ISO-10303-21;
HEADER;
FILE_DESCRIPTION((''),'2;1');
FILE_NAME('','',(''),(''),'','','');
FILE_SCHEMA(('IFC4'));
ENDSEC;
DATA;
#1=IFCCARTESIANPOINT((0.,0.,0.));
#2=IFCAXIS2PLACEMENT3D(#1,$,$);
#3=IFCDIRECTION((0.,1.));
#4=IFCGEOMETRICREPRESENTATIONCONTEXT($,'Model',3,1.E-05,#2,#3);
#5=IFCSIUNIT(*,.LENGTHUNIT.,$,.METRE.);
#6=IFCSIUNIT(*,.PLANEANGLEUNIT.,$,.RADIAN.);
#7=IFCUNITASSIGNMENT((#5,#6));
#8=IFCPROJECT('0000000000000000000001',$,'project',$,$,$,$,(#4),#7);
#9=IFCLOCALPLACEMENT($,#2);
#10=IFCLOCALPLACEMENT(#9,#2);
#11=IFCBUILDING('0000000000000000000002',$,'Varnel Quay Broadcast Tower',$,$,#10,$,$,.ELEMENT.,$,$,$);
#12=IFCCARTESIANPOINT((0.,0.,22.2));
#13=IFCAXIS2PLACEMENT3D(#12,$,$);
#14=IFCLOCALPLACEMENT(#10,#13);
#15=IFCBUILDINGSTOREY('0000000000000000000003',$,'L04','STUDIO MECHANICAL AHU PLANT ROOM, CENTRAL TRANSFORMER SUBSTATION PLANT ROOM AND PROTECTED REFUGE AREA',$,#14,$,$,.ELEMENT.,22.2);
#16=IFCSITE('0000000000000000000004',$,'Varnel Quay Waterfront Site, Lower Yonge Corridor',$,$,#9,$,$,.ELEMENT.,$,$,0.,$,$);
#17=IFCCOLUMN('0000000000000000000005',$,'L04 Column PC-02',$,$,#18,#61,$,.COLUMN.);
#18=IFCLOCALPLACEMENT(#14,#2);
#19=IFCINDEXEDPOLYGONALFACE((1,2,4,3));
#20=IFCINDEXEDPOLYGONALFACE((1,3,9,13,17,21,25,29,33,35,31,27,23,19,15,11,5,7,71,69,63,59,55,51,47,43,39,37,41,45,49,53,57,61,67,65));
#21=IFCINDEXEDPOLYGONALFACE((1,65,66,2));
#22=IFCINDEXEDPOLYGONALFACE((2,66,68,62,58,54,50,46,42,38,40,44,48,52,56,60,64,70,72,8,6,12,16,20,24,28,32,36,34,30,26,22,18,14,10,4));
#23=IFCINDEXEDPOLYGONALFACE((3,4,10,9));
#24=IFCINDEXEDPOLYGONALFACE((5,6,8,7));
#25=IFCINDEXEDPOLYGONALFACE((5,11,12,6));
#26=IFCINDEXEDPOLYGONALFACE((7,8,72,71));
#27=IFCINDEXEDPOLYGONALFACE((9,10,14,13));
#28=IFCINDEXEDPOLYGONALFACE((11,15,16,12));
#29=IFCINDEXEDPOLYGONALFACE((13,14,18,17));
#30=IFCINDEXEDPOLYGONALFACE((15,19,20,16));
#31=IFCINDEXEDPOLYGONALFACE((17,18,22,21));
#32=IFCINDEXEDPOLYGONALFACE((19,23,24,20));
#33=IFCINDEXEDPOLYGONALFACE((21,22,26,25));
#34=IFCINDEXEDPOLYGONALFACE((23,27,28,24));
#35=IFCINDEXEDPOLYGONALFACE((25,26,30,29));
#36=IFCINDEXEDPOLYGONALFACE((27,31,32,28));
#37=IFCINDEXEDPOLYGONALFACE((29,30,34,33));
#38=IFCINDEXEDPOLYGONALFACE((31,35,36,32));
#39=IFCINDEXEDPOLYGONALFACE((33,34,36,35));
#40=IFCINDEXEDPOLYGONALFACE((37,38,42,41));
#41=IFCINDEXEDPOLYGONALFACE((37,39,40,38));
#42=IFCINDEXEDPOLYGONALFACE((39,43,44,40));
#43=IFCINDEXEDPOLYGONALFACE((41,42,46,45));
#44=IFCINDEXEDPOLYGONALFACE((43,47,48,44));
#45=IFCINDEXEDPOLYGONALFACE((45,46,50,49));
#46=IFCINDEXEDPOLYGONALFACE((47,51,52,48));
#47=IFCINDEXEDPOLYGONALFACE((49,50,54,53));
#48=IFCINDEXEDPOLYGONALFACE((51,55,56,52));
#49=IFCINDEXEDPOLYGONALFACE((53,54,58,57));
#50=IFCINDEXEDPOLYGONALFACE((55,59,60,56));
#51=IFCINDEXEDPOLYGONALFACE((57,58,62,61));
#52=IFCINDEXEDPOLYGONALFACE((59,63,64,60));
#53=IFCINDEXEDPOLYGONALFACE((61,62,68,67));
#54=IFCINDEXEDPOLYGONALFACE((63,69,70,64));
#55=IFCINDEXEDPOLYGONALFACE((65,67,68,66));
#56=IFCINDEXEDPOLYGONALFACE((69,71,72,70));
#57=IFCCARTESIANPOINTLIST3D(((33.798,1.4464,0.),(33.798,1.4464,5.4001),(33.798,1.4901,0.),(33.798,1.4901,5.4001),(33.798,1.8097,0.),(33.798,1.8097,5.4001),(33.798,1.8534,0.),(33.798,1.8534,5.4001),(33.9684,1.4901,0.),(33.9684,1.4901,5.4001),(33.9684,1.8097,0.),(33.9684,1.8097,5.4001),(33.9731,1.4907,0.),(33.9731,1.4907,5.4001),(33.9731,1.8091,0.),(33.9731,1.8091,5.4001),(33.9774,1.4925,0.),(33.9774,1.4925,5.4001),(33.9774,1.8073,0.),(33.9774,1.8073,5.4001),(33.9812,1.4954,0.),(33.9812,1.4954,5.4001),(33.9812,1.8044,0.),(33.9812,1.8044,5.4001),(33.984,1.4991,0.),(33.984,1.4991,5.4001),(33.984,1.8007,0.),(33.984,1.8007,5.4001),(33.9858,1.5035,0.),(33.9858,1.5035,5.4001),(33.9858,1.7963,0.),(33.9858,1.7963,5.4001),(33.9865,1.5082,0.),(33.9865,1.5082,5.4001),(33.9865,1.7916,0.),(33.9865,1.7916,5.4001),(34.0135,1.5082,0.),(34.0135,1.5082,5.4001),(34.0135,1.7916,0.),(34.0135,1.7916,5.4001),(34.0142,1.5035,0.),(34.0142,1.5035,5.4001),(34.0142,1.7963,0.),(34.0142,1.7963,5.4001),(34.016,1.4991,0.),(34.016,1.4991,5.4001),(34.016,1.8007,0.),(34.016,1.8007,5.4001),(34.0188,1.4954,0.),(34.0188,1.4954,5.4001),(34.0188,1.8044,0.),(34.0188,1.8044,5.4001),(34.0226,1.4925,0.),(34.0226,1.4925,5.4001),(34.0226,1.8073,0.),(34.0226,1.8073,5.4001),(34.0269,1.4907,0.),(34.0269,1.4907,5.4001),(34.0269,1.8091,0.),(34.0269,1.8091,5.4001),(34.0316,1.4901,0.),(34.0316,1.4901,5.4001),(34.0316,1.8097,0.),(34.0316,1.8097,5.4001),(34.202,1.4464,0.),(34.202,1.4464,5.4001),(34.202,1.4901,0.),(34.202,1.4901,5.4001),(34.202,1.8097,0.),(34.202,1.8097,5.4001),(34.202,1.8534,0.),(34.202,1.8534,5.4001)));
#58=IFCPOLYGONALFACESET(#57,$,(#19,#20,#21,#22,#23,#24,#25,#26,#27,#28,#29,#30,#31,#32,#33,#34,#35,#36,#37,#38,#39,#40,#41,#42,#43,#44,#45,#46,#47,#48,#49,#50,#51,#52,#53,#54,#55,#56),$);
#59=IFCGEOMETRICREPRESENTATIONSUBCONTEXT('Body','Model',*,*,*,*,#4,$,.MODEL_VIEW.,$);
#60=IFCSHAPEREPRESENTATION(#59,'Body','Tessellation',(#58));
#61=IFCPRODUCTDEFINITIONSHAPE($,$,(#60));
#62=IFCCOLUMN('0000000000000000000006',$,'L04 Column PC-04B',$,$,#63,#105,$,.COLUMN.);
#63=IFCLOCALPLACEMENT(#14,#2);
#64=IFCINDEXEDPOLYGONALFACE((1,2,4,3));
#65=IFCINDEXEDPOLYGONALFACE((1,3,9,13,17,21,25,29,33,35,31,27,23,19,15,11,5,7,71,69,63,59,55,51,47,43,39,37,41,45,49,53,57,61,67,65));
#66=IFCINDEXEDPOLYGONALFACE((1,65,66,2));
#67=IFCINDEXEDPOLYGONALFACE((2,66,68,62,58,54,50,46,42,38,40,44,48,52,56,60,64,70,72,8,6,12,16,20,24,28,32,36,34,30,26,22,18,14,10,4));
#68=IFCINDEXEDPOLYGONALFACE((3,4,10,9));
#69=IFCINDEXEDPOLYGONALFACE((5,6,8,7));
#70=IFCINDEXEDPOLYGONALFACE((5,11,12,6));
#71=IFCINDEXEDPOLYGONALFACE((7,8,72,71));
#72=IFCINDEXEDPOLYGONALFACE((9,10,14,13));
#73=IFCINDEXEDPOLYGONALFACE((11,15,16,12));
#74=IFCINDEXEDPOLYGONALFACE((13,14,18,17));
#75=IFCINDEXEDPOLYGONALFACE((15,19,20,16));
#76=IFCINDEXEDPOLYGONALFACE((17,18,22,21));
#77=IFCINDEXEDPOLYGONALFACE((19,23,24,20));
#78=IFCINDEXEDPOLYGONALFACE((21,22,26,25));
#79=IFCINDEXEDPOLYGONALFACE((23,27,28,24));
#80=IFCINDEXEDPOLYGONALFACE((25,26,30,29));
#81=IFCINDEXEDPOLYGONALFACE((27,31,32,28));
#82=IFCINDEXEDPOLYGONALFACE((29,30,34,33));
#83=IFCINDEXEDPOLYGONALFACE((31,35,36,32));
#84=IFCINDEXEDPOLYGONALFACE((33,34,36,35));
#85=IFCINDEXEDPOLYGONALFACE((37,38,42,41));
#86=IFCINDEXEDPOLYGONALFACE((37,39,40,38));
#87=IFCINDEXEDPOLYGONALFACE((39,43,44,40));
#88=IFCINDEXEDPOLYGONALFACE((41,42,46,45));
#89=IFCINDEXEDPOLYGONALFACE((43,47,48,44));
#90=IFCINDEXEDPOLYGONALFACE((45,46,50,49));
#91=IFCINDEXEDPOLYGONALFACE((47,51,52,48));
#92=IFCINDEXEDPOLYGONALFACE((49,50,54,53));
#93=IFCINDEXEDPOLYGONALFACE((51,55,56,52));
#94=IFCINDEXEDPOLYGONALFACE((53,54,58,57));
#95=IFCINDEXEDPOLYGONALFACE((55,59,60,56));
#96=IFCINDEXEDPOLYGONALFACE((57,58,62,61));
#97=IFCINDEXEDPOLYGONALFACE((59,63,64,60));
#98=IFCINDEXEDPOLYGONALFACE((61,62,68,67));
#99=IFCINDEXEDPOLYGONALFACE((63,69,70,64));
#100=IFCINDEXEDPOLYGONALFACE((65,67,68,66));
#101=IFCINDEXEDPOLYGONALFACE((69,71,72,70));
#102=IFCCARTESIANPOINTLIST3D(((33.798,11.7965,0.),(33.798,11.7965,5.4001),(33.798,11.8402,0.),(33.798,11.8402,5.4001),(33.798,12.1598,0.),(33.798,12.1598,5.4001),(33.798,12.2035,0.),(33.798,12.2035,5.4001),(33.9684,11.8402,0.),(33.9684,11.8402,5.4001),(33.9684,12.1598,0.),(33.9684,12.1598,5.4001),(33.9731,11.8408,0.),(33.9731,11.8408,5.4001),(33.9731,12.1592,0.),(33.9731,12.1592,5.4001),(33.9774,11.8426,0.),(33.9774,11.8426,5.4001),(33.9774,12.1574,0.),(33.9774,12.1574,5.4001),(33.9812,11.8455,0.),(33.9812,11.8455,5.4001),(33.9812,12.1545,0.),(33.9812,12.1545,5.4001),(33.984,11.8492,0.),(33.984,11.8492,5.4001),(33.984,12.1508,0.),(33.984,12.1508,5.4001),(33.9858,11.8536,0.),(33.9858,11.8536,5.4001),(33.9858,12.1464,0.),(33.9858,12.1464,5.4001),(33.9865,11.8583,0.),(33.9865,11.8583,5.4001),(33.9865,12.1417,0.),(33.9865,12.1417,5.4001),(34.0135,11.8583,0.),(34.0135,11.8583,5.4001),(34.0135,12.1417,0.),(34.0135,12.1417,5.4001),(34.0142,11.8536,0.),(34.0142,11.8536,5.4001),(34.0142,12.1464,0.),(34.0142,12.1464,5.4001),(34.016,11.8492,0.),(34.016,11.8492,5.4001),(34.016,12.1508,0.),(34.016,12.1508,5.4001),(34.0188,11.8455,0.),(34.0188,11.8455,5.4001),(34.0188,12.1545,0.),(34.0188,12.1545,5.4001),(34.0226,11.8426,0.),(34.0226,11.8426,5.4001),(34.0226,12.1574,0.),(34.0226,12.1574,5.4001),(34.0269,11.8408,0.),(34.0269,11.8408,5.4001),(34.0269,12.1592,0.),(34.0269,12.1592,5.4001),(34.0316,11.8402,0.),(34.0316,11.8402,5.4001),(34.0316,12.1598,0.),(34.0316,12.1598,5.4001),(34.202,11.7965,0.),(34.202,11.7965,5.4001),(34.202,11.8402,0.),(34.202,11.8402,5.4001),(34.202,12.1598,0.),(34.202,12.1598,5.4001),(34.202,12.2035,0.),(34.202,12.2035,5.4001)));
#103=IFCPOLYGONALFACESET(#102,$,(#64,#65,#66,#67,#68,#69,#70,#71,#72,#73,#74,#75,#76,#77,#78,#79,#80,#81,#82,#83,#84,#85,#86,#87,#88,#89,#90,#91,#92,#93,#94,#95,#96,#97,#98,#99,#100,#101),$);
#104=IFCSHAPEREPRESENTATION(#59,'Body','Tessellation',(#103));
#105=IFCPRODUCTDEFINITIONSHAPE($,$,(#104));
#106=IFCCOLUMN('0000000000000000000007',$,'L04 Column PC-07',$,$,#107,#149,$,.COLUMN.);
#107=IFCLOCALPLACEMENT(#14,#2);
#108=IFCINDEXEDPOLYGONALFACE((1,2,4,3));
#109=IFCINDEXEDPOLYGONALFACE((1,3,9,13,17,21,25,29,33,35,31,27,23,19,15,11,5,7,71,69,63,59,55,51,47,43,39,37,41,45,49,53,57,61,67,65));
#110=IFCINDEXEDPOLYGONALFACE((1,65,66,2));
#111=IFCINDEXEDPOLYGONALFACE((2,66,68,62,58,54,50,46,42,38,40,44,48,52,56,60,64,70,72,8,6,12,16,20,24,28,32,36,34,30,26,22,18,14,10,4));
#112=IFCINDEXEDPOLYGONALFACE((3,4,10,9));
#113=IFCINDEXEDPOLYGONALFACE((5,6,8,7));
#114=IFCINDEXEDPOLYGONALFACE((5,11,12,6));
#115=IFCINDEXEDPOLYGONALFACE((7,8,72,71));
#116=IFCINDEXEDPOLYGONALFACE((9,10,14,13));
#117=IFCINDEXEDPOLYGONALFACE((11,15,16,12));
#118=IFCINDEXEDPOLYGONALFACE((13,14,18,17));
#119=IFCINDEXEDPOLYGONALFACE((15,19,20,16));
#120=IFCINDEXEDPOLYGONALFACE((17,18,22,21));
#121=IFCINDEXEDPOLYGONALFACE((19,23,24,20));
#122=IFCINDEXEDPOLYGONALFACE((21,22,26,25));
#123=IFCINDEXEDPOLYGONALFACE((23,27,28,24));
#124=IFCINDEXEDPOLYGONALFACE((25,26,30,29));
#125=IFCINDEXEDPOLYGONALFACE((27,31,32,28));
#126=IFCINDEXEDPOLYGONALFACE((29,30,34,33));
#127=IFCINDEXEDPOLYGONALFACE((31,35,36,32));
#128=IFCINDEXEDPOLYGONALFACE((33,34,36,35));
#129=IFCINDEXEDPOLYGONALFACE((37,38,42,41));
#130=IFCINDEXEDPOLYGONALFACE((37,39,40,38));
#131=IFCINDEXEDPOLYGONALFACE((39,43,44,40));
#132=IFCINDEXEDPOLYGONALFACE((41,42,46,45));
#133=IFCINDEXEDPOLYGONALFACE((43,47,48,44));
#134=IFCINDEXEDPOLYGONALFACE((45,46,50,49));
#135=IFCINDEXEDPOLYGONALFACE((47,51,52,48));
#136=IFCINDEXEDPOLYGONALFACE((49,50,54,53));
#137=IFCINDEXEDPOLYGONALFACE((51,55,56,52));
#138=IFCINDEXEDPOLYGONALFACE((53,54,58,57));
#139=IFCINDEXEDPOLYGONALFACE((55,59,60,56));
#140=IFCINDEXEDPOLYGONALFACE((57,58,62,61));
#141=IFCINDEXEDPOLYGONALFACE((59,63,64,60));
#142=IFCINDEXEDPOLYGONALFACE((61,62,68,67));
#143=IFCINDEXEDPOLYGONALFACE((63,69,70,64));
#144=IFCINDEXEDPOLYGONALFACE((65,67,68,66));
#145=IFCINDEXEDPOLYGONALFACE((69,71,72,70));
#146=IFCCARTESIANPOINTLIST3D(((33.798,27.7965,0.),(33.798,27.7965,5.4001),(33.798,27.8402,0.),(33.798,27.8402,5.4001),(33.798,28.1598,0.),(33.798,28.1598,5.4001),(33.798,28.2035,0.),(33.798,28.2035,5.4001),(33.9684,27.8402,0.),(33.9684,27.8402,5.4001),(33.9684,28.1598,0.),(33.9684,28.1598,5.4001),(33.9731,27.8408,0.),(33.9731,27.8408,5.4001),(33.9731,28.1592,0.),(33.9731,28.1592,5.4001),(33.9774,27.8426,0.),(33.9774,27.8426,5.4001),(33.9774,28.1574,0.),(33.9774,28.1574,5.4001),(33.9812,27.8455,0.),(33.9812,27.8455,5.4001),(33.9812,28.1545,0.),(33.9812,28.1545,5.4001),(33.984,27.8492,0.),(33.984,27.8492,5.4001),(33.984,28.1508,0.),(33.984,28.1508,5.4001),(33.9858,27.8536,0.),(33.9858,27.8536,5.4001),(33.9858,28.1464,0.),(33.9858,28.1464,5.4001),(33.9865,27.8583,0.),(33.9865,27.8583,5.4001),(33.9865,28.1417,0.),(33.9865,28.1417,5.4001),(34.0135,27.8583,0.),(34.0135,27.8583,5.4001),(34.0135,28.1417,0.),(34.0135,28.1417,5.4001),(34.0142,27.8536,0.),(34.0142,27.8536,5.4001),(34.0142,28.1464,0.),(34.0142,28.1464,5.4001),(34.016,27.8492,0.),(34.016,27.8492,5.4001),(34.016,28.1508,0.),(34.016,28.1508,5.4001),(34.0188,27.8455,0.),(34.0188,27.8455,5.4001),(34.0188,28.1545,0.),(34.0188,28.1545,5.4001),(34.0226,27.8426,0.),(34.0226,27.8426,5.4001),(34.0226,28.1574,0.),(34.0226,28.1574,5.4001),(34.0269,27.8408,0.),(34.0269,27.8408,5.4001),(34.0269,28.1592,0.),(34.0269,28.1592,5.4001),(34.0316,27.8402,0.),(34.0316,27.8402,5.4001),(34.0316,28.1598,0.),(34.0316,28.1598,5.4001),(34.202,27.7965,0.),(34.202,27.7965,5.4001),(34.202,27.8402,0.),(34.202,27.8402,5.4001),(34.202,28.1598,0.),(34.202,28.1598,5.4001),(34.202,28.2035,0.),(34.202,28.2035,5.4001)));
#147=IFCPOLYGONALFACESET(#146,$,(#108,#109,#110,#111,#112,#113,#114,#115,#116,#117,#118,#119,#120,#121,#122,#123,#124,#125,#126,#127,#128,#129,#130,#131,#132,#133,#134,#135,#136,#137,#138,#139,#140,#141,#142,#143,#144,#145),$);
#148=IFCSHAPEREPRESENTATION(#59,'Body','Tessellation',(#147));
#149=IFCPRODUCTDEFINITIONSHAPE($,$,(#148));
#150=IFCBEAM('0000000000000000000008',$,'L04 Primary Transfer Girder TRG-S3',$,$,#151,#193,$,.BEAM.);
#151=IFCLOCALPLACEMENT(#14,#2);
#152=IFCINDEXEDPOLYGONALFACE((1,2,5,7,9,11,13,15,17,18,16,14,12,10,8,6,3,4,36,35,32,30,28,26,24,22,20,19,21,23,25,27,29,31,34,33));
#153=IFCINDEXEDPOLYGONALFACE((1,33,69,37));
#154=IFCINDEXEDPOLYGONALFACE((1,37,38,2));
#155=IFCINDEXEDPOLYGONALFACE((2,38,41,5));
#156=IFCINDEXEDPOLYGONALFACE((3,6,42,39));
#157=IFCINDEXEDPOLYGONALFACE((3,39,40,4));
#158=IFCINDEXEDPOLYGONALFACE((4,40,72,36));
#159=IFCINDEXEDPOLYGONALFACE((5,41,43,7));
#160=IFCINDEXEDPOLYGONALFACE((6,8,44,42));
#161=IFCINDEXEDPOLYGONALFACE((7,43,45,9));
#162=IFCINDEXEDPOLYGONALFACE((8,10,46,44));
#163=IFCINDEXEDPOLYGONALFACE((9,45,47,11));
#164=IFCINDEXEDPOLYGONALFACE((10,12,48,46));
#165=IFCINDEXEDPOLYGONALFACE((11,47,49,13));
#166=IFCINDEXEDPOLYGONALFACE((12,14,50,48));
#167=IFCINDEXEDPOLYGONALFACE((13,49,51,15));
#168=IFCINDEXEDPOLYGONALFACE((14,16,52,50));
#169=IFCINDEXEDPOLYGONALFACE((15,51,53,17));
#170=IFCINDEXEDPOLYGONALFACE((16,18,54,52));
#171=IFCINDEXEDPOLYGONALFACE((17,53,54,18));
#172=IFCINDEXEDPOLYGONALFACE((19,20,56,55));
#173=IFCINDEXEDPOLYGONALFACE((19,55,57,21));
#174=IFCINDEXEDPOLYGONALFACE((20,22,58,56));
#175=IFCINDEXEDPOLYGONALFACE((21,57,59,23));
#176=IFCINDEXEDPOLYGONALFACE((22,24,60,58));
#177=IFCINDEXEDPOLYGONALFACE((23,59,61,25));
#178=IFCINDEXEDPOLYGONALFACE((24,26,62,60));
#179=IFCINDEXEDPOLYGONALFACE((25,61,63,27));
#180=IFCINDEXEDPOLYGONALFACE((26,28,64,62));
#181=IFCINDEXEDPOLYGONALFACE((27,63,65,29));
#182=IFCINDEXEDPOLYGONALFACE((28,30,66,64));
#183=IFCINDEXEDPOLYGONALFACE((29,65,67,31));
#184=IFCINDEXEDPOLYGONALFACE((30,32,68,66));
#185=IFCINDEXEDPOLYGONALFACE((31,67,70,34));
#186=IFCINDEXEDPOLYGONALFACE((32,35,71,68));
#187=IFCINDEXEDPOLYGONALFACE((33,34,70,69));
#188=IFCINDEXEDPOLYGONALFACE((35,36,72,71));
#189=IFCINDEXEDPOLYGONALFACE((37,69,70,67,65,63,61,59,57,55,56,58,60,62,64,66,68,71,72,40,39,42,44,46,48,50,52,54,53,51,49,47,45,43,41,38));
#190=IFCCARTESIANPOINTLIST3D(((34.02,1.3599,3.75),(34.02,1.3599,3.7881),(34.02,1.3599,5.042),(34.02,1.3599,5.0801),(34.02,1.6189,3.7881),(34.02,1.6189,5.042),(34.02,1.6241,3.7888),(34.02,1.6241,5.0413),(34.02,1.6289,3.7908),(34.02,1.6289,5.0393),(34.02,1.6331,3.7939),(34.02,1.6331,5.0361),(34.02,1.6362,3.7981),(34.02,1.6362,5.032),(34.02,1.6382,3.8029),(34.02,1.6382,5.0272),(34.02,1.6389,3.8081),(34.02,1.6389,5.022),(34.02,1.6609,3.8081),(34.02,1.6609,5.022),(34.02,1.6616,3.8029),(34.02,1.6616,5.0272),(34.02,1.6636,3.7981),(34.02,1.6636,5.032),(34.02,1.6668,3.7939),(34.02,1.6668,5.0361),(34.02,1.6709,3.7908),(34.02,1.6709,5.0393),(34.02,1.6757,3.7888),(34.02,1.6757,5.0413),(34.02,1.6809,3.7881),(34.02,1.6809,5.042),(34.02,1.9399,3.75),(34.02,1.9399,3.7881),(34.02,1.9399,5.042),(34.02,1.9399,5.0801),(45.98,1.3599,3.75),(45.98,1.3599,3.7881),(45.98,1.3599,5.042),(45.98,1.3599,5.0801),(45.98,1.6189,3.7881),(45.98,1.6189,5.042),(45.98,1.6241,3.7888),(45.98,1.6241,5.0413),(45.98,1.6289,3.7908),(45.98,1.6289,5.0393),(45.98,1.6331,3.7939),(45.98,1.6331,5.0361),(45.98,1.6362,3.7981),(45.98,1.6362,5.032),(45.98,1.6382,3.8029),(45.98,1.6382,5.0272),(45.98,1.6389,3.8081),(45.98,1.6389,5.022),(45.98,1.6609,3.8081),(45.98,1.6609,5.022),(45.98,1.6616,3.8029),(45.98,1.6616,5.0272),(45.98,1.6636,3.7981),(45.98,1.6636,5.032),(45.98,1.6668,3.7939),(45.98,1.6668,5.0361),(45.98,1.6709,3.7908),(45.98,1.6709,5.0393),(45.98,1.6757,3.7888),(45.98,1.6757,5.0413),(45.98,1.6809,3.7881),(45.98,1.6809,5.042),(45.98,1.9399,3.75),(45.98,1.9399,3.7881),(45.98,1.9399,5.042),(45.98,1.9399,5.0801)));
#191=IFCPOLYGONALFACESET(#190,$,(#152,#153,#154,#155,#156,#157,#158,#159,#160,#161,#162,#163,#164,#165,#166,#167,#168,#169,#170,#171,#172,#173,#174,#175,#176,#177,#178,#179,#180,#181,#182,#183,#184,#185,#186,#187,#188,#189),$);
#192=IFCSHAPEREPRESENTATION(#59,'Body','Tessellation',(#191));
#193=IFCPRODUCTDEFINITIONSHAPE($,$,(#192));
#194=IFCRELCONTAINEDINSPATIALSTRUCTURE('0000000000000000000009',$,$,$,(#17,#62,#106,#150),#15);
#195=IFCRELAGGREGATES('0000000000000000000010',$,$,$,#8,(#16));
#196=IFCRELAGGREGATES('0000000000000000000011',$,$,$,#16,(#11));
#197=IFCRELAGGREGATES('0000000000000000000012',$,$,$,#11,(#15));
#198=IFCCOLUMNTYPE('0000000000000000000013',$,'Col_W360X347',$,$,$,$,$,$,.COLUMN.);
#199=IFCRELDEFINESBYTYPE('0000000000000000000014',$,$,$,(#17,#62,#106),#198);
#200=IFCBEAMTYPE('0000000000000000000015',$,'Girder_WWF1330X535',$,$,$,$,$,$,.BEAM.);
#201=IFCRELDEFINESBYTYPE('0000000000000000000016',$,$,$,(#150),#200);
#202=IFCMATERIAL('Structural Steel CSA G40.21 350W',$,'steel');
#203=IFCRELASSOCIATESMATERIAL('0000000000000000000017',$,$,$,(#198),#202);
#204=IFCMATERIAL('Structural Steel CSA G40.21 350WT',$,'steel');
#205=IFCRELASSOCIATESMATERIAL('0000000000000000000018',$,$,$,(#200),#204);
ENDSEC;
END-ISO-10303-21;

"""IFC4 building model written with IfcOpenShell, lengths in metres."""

from ifc_helpers import new_model, si_unit, direction, frame, origin, origin_2d, place, context, subcontext, project, spatial, i_section, extrude, source, transform, mapped, material, material_profile, profile_set, type_object, type_shapes, element, save


model = new_model("IFC4")

# Units and contexts
model_context = context("Model", 3, precision=1e-05, world=origin(), true_north=direction((0.0, 1.0)))
body_context = subcontext(model_context, "Body", "Model", "MODEL_VIEW")
ifc_project = project(units=[si_unit("LENGTHUNIT", "METRE"), si_unit("PLANEANGLEUNIT", "RADIAN")], contexts=[model_context])

# Site, building, storey
site_placement = place(None, origin())
site = spatial("IfcSite", under=ifc_project, at=site_placement, Name="Varnel Quay Waterfront Site, Lower Yonge Corridor", CompositionType="ELEMENT", RefElevation=0.0)
building_placement = place(site_placement, origin())
building = spatial("IfcBuilding", under=site, at=building_placement, Name="Varnel Quay Broadcast Tower", CompositionType="ELEMENT")
storey_placement = place(building_placement, frame((0.0, 0.0, 22.2)))
storey = spatial("IfcBuildingStorey", under=building, at=storey_placement, Name="L04", Description="STUDIO MECHANICAL AHU PLANT ROOM, CENTRAL TRANSFORMER SUBSTATION PLANT ROOM AND PROTECTED REFUGE AREA", CompositionType="ELEMENT", Elevation=22.2)

# Columns
ifc_material_1 = material(Name="Structural Steel CSA G40.21 350W", Category="steel")
ifc_material_profile_1 = material_profile(ifc_material_1, i_section(OverallWidth=0.4041, OverallDepth=0.407, WebThickness=0.0271, FlangeThickness=0.0437, FilletRadius=0.0181, at=origin_2d()), Name="W360X347")
ifc_profile_set_1 = profile_set([ifc_material_profile_1], Name="Structural Steel CSA G40.21 350W")
column_type = type_object("IfcColumnType", Name="Col_W360X347", PredefinedType="COLUMN", material=ifc_profile_set_1)
shared_shape_1 = source(origin(), body_context, "Body", "SweptSolid", [
    extrude(i_section(OverallWidth=0.4041, OverallDepth=0.407, WebThickness=0.0271, FlangeThickness=0.0437, FilletRadius=0.0181, at=origin_2d()), origin(), (0.0, 0.0, 1.0), 5.4001),
])
type_shapes(column_type, [shared_shape_1])
for number, where, z_axis, x_axis, name in (
    (1, (34.0, 1.6499, 0.0), (0.0, 0.0, 1.0), (1.0, 0.0, 0.0), "L04 Column PC-02"),
    (2, (34.0, 12.0, 0.0), (0.0, 0.0, 1.0), (1.0, 0.0, 0.0), "L04 Column PC-04B"),
    (3, (34.0, 28.0, 0.0), (0.0, 0.0, 1.0), (1.0, 0.0, 0.0), "L04 Column PC-07"),
):
    element("IfcColumn", number, at=place(storey_placement, frame(where, z_axis=z_axis, x_axis=x_axis)), inside=storey, type_object=column_type, Name=name, PredefinedType="COLUMN", context=body_context, shape_type="MappedRepresentation", body=[
        mapped(shared_shape_1, transform((0.0, 0.0, 0.0), x_axis=(1.0, 0.0, 0.0), y_axis=(0.0, 1.0, 0.0), z_axis=(0.0, 0.0, 1.0), scale=1.0)),
    ])

# Beam
ifc_material_2 = material(Name="Structural Steel CSA G40.21 350WT", Category="steel")
ifc_material_profile_2 = material_profile(ifc_material_2, i_section(OverallWidth=0.5801, OverallDepth=1.3301, WebThickness=0.022, FlangeThickness=0.0381, FilletRadius=0.02, at=origin_2d()), Name="WWF1330X535")
ifc_profile_set_2 = profile_set([ifc_material_profile_2], Name="Structural Steel CSA G40.21 350WT")
beam_type_1 = type_object("IfcBeamType", Name="Girder_WWF1330X535", PredefinedType="BEAM", material=ifc_profile_set_2)
shared_shape_2 = source(origin(), body_context, "Body", "SweptSolid", [
    extrude(i_section(OverallWidth=0.5801, OverallDepth=1.3301, WebThickness=0.022, FlangeThickness=0.0381, FilletRadius=0.02, at=origin_2d()), origin(), (0.0, 0.0, 1.0), 11.96),
])
for number, where, z_axis, x_axis, name in (
    (4, (34.02, 1.6499, 4.415), (1.0, 0.0, 0.0), (0.0, 1.0, 0.0), "L04 Primary Transfer Girder TRG-S3"),
):
    element("IfcBeam", number, at=place(storey_placement, frame(where, z_axis=z_axis, x_axis=x_axis)), inside=storey, type_object=beam_type_1, Name=name, PredefinedType="BEAM", context=body_context, shape_type="MappedRepresentation", body=[
        mapped(shared_shape_2, transform((0.0, 0.0, 0.0), x_axis=(1.0, 0.0, 0.0), y_axis=(0.0, 1.0, 0.0), z_axis=(0.0, 0.0, 1.0), scale=1.0)),
    ])

save(model, "model.ifc")
